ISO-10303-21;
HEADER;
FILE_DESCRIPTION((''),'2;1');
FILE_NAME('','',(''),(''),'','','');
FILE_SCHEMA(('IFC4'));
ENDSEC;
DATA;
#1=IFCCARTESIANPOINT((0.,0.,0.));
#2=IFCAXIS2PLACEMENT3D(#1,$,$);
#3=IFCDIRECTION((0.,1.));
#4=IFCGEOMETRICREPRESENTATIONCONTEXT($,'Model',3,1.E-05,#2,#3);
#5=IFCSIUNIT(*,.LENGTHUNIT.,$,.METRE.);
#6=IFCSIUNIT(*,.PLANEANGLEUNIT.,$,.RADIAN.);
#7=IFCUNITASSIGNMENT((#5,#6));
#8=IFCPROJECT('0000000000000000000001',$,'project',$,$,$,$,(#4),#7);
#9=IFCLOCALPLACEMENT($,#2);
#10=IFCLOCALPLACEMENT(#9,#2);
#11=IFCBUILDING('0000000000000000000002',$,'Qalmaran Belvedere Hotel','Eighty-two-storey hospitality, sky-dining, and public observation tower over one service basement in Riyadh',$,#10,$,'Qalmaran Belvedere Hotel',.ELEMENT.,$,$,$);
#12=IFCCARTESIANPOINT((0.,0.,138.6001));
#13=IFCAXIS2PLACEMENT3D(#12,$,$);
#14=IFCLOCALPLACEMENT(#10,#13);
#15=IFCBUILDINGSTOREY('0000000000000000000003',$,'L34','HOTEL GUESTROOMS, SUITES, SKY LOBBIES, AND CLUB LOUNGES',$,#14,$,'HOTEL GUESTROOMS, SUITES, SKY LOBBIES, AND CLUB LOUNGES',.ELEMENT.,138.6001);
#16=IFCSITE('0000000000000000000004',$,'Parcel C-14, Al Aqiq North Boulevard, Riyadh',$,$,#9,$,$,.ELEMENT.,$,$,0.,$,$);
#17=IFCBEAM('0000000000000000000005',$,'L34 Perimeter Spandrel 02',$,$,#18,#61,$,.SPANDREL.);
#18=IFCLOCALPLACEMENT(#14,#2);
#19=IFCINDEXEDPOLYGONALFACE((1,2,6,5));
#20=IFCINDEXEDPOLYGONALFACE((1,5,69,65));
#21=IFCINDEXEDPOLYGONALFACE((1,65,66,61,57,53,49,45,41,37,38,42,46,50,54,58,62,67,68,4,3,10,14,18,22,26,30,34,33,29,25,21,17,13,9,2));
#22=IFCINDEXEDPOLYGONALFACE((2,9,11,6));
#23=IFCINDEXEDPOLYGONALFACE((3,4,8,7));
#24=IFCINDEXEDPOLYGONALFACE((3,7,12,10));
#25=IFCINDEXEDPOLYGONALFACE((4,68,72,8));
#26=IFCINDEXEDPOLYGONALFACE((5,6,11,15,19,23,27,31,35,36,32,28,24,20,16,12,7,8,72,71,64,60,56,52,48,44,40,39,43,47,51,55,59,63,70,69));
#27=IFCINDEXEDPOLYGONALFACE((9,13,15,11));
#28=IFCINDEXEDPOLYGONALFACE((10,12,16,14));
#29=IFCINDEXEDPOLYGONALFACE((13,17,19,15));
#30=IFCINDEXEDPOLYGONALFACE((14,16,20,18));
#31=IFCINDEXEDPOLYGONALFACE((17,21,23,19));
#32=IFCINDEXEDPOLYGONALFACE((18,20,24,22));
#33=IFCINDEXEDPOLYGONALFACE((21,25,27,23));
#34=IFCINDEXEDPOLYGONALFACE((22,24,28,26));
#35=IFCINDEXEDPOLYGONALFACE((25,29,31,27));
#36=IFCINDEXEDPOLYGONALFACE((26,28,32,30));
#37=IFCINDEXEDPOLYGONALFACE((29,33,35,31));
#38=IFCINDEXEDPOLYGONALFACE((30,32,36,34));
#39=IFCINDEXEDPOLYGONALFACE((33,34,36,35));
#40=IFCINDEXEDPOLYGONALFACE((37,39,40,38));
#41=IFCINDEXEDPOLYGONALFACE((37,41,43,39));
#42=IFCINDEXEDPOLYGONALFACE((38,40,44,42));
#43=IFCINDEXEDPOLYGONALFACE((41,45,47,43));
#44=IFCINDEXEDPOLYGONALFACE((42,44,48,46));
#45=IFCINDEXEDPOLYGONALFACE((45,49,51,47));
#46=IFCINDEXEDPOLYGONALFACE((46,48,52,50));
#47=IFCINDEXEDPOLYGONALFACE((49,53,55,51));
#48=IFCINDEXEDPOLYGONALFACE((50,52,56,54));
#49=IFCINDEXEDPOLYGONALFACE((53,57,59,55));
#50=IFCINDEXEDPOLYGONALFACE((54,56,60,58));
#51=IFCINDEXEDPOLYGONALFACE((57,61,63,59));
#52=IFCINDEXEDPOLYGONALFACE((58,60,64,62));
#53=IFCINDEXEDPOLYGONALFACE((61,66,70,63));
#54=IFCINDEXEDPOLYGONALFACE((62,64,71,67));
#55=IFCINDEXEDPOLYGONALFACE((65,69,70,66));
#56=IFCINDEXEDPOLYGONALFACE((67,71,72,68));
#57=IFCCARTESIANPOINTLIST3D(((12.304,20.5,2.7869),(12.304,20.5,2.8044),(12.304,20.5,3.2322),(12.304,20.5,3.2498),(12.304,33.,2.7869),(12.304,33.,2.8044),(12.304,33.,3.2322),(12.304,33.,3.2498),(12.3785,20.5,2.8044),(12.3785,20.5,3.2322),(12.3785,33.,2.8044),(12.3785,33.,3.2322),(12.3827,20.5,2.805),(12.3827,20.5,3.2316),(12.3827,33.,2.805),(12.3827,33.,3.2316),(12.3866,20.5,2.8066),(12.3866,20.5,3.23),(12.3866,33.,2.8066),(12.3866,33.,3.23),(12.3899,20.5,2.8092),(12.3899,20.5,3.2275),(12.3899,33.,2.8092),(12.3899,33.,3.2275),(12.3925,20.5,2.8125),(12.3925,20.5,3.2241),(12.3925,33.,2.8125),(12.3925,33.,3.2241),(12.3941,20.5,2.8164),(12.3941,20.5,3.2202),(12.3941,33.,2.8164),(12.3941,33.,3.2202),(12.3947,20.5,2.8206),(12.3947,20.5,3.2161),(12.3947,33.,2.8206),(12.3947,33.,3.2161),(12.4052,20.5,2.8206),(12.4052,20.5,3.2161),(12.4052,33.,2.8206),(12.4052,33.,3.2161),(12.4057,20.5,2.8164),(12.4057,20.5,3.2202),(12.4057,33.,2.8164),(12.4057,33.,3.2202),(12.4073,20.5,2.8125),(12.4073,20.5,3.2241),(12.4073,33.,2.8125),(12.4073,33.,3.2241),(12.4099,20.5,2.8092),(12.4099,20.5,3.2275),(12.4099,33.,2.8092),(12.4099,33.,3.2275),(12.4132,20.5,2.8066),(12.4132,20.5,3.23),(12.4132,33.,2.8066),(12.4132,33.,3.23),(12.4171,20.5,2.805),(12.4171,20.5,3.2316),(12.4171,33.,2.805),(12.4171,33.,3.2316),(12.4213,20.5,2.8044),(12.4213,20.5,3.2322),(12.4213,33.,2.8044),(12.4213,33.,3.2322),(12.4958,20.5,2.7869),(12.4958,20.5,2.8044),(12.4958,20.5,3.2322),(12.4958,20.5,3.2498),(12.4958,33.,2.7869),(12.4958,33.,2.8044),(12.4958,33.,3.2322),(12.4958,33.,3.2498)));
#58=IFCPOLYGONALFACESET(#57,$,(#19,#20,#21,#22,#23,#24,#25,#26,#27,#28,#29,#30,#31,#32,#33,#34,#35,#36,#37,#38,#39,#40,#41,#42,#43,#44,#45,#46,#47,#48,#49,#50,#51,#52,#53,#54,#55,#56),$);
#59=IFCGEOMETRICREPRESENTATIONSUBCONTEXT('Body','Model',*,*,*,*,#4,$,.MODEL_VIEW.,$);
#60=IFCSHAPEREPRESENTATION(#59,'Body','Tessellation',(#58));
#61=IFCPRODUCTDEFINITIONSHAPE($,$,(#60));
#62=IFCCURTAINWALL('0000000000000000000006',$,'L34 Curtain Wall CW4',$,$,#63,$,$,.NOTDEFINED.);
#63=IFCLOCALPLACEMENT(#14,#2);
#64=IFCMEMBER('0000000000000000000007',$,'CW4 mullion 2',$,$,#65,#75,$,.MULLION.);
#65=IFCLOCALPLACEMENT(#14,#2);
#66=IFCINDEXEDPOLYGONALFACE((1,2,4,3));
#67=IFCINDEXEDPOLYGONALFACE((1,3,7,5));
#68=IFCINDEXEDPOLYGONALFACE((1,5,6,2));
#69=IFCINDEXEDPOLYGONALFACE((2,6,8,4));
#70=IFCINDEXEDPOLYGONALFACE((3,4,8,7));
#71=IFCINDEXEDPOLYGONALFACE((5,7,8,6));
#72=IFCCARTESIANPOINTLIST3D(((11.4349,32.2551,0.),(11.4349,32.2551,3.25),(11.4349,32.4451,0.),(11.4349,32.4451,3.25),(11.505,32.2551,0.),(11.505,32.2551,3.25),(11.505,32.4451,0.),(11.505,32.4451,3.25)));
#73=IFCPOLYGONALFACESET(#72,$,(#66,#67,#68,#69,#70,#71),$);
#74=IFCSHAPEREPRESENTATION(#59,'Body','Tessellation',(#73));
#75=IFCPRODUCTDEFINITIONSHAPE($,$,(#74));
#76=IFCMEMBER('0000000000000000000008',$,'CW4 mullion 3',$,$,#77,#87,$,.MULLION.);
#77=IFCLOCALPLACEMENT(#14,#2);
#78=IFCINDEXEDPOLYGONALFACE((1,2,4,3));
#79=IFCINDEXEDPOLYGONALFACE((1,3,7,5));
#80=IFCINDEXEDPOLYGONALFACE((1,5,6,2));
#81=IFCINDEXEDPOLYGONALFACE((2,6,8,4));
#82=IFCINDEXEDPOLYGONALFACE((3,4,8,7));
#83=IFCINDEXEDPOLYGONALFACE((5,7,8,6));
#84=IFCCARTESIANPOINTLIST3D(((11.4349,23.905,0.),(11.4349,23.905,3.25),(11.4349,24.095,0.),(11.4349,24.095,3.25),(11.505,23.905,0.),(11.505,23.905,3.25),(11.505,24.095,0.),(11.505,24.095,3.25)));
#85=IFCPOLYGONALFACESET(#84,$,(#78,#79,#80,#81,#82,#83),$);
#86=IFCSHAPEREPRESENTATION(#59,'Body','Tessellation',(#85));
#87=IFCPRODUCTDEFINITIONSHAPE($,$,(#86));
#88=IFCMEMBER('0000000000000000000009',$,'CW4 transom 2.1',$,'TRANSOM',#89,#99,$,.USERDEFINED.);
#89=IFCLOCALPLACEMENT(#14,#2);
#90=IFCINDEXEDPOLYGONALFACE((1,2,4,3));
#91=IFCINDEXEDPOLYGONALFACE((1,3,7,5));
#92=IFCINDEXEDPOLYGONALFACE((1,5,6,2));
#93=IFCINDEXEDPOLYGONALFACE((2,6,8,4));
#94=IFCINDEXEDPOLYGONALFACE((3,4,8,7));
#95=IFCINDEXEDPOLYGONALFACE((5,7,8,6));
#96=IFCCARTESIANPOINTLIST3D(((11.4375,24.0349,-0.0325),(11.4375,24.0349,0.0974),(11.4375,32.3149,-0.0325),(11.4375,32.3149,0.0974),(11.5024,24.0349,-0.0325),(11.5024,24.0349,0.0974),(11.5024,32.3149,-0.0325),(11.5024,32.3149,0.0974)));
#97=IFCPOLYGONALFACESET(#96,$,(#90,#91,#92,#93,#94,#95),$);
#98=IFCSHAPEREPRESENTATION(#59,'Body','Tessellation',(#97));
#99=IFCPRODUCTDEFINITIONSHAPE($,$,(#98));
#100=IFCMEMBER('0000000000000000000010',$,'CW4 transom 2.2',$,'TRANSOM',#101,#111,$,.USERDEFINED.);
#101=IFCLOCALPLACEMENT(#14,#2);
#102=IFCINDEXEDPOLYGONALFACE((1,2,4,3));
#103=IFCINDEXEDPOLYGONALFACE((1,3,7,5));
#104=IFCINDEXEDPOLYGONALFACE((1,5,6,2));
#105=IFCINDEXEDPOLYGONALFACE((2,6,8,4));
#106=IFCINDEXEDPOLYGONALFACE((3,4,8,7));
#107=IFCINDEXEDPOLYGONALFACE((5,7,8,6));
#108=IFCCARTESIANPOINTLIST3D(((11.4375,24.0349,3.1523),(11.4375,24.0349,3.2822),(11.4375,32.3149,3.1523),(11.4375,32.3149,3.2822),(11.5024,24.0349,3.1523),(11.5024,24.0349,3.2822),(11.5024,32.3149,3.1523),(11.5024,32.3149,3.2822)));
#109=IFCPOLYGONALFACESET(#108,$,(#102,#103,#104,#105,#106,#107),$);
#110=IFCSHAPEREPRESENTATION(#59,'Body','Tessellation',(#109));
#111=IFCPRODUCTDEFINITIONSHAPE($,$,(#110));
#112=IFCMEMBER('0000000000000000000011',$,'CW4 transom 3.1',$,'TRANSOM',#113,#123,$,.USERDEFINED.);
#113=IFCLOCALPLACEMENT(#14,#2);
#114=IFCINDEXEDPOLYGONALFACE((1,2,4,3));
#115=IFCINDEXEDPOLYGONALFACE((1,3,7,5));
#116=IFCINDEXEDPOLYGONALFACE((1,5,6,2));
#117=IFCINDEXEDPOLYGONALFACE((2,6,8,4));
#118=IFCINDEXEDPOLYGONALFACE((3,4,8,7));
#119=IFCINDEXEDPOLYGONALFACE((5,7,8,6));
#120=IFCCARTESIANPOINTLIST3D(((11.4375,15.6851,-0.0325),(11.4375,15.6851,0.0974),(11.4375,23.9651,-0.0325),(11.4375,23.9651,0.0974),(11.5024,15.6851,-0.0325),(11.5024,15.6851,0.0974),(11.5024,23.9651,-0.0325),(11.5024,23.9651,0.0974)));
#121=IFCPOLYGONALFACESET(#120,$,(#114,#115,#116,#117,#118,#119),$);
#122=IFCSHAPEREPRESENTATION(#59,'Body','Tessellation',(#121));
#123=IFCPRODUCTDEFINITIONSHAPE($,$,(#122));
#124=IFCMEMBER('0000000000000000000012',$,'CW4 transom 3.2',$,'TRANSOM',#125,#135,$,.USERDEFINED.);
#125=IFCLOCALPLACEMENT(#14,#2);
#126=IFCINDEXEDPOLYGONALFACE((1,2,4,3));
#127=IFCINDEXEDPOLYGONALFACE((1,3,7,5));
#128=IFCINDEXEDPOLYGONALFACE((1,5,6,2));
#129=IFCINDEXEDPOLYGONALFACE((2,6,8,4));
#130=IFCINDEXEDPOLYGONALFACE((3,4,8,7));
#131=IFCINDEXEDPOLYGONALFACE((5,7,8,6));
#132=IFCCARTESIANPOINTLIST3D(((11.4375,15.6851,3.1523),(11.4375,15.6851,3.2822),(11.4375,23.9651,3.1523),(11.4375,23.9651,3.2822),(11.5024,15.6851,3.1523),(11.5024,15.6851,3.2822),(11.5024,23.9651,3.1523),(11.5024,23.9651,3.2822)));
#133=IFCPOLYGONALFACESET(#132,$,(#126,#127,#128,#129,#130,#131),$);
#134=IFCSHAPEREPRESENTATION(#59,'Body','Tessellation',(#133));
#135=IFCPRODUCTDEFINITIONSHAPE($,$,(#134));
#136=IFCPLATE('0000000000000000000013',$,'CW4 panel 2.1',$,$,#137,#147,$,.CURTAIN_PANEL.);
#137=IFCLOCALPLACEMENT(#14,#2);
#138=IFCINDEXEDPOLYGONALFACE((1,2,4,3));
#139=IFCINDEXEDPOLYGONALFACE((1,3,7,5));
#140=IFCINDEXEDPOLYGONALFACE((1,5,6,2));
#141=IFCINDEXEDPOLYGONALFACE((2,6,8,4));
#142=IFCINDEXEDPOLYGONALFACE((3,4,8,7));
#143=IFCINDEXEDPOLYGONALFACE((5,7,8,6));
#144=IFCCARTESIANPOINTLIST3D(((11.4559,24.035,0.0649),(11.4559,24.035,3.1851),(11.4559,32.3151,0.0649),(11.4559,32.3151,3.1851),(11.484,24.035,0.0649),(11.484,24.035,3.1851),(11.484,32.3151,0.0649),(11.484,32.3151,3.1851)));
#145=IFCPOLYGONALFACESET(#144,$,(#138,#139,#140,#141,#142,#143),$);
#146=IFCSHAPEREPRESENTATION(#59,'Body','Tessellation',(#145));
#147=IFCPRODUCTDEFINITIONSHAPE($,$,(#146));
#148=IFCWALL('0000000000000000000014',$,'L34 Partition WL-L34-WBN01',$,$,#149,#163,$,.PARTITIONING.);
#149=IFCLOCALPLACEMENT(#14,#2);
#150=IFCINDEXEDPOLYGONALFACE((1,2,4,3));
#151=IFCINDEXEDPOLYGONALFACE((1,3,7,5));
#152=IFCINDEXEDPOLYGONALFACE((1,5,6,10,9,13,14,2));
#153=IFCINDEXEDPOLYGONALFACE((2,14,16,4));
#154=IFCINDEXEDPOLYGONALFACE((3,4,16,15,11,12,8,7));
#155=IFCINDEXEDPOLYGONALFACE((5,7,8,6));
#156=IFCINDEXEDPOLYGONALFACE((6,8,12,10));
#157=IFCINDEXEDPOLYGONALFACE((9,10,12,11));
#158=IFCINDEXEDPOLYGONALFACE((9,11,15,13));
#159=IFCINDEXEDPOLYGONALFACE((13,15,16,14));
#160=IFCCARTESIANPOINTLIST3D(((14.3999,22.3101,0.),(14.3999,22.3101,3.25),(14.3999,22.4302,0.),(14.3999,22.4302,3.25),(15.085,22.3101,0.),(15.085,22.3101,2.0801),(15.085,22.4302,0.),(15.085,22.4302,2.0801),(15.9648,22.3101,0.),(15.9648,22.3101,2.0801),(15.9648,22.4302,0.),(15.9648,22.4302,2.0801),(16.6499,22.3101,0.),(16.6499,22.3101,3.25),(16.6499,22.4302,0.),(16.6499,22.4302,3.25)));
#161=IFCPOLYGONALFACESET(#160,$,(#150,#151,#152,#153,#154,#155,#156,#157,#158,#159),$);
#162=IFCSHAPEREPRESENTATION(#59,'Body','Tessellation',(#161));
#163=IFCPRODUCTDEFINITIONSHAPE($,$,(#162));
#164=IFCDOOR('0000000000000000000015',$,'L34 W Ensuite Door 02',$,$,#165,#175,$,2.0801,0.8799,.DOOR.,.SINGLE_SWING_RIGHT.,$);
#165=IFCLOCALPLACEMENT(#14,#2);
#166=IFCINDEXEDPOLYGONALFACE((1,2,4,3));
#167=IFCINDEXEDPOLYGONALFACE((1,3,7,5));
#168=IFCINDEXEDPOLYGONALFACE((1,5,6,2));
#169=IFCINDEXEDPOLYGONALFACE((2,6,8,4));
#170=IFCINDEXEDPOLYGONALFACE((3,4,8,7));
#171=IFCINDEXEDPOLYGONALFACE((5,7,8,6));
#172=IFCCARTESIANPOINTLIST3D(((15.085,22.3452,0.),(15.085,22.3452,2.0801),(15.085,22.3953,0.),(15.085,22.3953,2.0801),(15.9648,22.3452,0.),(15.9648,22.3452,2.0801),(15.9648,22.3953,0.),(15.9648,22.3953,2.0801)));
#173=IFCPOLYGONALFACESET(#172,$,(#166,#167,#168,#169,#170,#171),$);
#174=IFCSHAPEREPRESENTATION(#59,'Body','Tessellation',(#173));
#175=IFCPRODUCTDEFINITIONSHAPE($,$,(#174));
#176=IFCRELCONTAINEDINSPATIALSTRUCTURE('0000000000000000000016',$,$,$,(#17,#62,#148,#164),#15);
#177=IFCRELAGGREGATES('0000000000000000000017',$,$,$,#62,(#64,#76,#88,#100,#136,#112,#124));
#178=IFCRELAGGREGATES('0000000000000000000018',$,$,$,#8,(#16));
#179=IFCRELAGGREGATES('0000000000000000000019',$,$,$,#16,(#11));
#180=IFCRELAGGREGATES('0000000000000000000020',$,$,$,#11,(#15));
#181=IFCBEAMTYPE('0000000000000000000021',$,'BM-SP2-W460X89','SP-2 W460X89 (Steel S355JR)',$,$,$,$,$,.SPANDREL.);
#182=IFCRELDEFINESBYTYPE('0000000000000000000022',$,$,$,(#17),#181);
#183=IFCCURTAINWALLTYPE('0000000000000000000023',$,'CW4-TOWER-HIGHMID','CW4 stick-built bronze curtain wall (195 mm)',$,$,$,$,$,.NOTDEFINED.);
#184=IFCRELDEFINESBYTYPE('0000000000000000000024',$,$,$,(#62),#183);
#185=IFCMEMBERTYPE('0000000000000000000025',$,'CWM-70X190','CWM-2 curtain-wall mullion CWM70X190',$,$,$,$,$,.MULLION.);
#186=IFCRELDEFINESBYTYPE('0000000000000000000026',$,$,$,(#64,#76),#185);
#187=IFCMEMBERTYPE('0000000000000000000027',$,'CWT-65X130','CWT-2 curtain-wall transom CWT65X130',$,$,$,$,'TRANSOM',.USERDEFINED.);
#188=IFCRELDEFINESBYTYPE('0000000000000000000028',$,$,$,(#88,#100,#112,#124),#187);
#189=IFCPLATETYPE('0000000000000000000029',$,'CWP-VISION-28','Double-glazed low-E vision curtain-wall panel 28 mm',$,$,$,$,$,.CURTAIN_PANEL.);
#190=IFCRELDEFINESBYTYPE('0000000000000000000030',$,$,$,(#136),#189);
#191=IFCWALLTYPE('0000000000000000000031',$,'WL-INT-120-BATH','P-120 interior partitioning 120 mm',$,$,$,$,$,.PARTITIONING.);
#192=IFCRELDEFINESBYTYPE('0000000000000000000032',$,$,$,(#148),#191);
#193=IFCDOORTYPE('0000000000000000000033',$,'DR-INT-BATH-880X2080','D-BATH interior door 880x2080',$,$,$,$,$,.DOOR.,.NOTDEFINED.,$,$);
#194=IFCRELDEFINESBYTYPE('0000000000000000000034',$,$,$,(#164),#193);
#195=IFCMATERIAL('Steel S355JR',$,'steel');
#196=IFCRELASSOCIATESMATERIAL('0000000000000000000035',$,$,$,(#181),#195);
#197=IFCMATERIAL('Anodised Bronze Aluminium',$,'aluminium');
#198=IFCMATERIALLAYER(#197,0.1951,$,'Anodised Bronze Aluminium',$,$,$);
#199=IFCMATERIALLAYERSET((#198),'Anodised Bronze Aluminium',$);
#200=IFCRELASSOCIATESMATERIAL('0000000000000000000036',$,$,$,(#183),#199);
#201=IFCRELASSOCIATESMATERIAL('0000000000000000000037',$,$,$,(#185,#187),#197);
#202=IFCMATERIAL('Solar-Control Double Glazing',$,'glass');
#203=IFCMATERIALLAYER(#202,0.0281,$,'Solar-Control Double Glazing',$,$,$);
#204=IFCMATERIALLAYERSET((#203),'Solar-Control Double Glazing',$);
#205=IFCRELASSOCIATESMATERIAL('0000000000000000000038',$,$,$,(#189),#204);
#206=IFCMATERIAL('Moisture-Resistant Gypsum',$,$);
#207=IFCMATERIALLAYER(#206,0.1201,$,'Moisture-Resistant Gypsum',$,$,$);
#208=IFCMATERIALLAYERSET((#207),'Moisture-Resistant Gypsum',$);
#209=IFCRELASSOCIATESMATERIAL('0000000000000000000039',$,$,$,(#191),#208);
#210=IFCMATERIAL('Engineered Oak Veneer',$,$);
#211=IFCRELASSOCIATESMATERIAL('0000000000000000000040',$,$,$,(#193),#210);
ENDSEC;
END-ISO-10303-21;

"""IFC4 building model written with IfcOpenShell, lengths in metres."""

from ifc_helpers import new_model, si_unit, direction, frame, frame_2d, origin, origin_2d, place, context, subcontext, project, spatial, rectangle, i_section, extrude, material, layer, layer_set, material_profile, profile_set, type_object, element, fill, aggregate, save


model = new_model("IFC4")

# Units and contexts
model_context = context("Model", 3, precision=1e-05, world=origin(), true_north=direction((0.0, 1.0)))
body_context = subcontext(model_context, "Body", "Model", "MODEL_VIEW")
ifc_project = project(units=[si_unit("LENGTHUNIT", "METRE"), si_unit("PLANEANGLEUNIT", "RADIAN")], contexts=[model_context])

# Site, building, storey
site_placement = place(None, origin())
site = spatial("IfcSite", under=ifc_project, at=site_placement, Name="Parcel C-14, Al Aqiq North Boulevard, Riyadh", CompositionType="ELEMENT", RefElevation=0.0)
building_placement = place(site_placement, origin())
building = spatial("IfcBuilding", under=site, at=building_placement, Name="Qalmaran Belvedere Hotel", Description="Eighty-two-storey hospitality, sky-dining, and public observation tower over one service basement in Riyadh", LongName="Qalmaran Belvedere Hotel", CompositionType="ELEMENT")
storey_placement = place(building_placement, frame((0.0, 0.0, 138.6001)))
storey = spatial("IfcBuildingStorey", under=building, at=storey_placement, Name="L34", Description="HOTEL GUESTROOMS, SUITES, SKY LOBBIES, AND CLUB LOUNGES", LongName="HOTEL GUESTROOMS, SUITES, SKY LOBBIES, AND CLUB LOUNGES", CompositionType="ELEMENT", Elevation=138.6001)

# Beam
ifc_material_1 = material(Name="Steel S355JR", Category="steel")
ifc_material_profile_1 = material_profile(ifc_material_1, i_section(OverallWidth=0.1919, OverallDepth=0.4629, WebThickness=0.0105, FlangeThickness=0.0176, FilletRadius=0.0161, at=origin_2d()), Name="W460X89")
ifc_profile_set_1 = profile_set([ifc_material_profile_1], Name="Steel S355JR")
beam_type_1 = type_object("IfcBeamType", Name="BM-SP2-W460X89", Description="SP-2 W460X89 (Steel S355JR)", PredefinedType="SPANDREL", material=ifc_profile_set_1)
beam_1_placement = place(storey_placement, frame((12.3999, 20.5, 3.0183), z_axis=(0.0, 1.0, 0.0), x_axis=(-1.0, 0.0, 0.0)))
element("IfcBeam", 1, at=beam_1_placement, inside=storey, type_object=beam_type_1, Name="L34 Perimeter Spandrel 02", PredefinedType="SPANDREL", context=body_context, shape_type="SweptSolid", body=[
    extrude(i_section(OverallWidth=0.1919, OverallDepth=0.4629, WebThickness=0.0105, FlangeThickness=0.0176, FilletRadius=0.0161, at=origin_2d()), origin(), (0.0, 0.0, 1.0), 12.5),
])

# Curtain wall, members, plate
ifc_material_2 = material(Name="Anodised Bronze Aluminium", Category="aluminium")
ifc_layer_1 = layer(ifc_material_2, 0.1951, Name="Anodised Bronze Aluminium")
ifc_layer_set_1 = layer_set([ifc_layer_1], Name="Anodised Bronze Aluminium")
curtain_wall_type = type_object("IfcCurtainWallType", Name="CW4-TOWER-HIGHMID", Description="CW4 stick-built bronze curtain wall (195 mm)", PredefinedType="NOTDEFINED", material=ifc_layer_set_1)
curtain_wall_placement = place(storey_placement, origin())
curtain_wall = element("IfcCurtainWall", 2, at=curtain_wall_placement, inside=storey, type_object=curtain_wall_type, Name="L34 Curtain Wall CW4", PredefinedType="NOTDEFINED")
ifc_material_profile_2 = material_profile(ifc_material_2, rectangle(XDim=0.0701, YDim=0.1899, at=origin_2d()), Name="CWM70X190")
ifc_profile_set_2 = profile_set([ifc_material_profile_2], Name="Anodised Bronze Aluminium")
member_type_1 = type_object("IfcMemberType", Name="CWM-70X190", Description="CWM-2 curtain-wall mullion CWM70X190", PredefinedType="MULLION", material=ifc_profile_set_2)
member_1_placement = place(storey_placement, frame((11.47, 32.3501, 0.0), z_axis=(0.0, 0.0, 1.0), x_axis=(1.0, 0.0, 0.0)))
member_1 = element("IfcMember", 3, at=member_1_placement, type_object=member_type_1, Name="CW4 mullion 2", PredefinedType="MULLION", context=body_context, shape_type="SweptSolid", body=[
    extrude(rectangle(XDim=0.0701, YDim=0.1899, at=origin_2d()), origin(), (0.0, 0.0, 1.0), 3.25),
])
member_2_placement = place(storey_placement, frame((11.47, 24.0, 0.0), z_axis=(0.0, 0.0, 1.0), x_axis=(1.0, 0.0, 0.0)))
member_2 = element("IfcMember", 4, at=member_2_placement, type_object=member_type_1, Name="CW4 mullion 3", PredefinedType="MULLION", context=body_context, shape_type="SweptSolid", body=[
    extrude(rectangle(XDim=0.0701, YDim=0.1899, at=origin_2d()), origin(), (0.0, 0.0, 1.0), 3.25),
])
ifc_material_profile_3 = material_profile(ifc_material_2, rectangle(XDim=0.0649, YDim=0.1299, at=origin_2d()), Name="CWT65X130")
ifc_profile_set_3 = profile_set([ifc_material_profile_3], Name="Anodised Bronze Aluminium")
member_type_2 = type_object("IfcMemberType", Name="CWT-65X130", Description="CWT-2 curtain-wall transom CWT65X130", ElementType="TRANSOM", PredefinedType="USERDEFINED", material=ifc_profile_set_3)
member_3_placement = place(storey_placement, frame((11.47, 32.3149, 0.0325), z_axis=(0.0, -1.0, 0.0), x_axis=(1.0, 0.0, 0.0)))
member_3 = element("IfcMember", 5, at=member_3_placement, type_object=member_type_2, Name="CW4 transom 2.1", ObjectType="TRANSOM", PredefinedType="USERDEFINED", context=body_context, shape_type="SweptSolid", body=[
    extrude(rectangle(XDim=0.0649, YDim=0.1299, at=origin_2d()), origin(), (0.0, 0.0, 1.0), 8.28),
])
member_4_placement = place(storey_placement, frame((11.47, 32.3149, 3.2173), z_axis=(0.0, -1.0, 0.0), x_axis=(1.0, 0.0, 0.0)))
member_4 = element("IfcMember", 6, at=member_4_placement, type_object=member_type_2, Name="CW4 transom 2.2", ObjectType="TRANSOM", PredefinedType="USERDEFINED", context=body_context, shape_type="SweptSolid", body=[
    extrude(rectangle(XDim=0.0649, YDim=0.1299, at=origin_2d()), origin(), (0.0, 0.0, 1.0), 8.28),
])
member_5_placement = place(storey_placement, frame((11.47, 23.9651, 0.0325), z_axis=(0.0, -1.0, 0.0), x_axis=(1.0, 0.0, 0.0)))
member_5 = element("IfcMember", 7, at=member_5_placement, type_object=member_type_2, Name="CW4 transom 3.1", ObjectType="TRANSOM", PredefinedType="USERDEFINED", context=body_context, shape_type="SweptSolid", body=[
    extrude(rectangle(XDim=0.0649, YDim=0.1299, at=origin_2d()), origin(), (0.0, 0.0, 1.0), 8.28),
])
member_6_placement = place(storey_placement, frame((11.47, 23.9651, 3.2173), z_axis=(0.0, -1.0, 0.0), x_axis=(1.0, 0.0, 0.0)))
member_6 = element("IfcMember", 8, at=member_6_placement, type_object=member_type_2, Name="CW4 transom 3.2", ObjectType="TRANSOM", PredefinedType="USERDEFINED", context=body_context, shape_type="SweptSolid", body=[
    extrude(rectangle(XDim=0.0649, YDim=0.1299, at=origin_2d()), origin(), (0.0, 0.0, 1.0), 8.28),
])
ifc_material_3 = material(Name="Solar-Control Double Glazing", Category="glass")
ifc_layer_2 = layer(ifc_material_3, 0.0281, Name="Solar-Control Double Glazing")
ifc_layer_set_2 = layer_set([ifc_layer_2], Name="Solar-Control Double Glazing")
plate_type = type_object("IfcPlateType", Name="CWP-VISION-28", Description="Double-glazed low-E vision curtain-wall panel 28 mm", PredefinedType="CURTAIN_PANEL", material=ifc_layer_set_2)
plate_placement = place(storey_placement, frame((11.47, 28.175, 0.0649), z_axis=(0.0, 0.0, 1.0), x_axis=(0.0, -1.0, 0.0)))
plate = element("IfcPlate", 9, at=plate_placement, type_object=plate_type, Name="CW4 panel 2.1", PredefinedType="CURTAIN_PANEL", context=body_context, shape_type="SweptSolid", body=[
    extrude(rectangle(XDim=8.28, YDim=0.0281, at=origin_2d()), origin(), (0.0, 0.0, 1.0), 3.1201),
])
aggregate(curtain_wall, [member_1, member_2, member_3, member_4, plate, member_5, member_6])

# Wall, opening, door
ifc_material_4 = material(Name="Moisture-Resistant Gypsum")
ifc_layer_3 = layer(ifc_material_4, 0.1201, Name="Moisture-Resistant Gypsum")
ifc_layer_set_3 = layer_set([ifc_layer_3], Name="Moisture-Resistant Gypsum")
wall_type_1 = type_object("IfcWallType", Name="WL-INT-120-BATH", Description="P-120 interior partitioning 120 mm", PredefinedType="PARTITIONING", material=ifc_layer_set_3)
wall_1_placement = place(storey_placement, frame((14.3999, 22.3701, 0.0), z_axis=(0.0, 0.0, 1.0), x_axis=(1.0, 0.0, 0.0)))
wall_1 = element("IfcWall", 10, at=wall_1_placement, inside=storey, type_object=wall_type_1, Name="L34 Partition WL-L34-WBN01", PredefinedType="PARTITIONING", context=body_context, shape_type="SweptSolid", body=[
    extrude(rectangle(XDim=2.25, YDim=0.1201, at=frame_2d((1.125, 0.0))), origin(), (0.0, 0.0, 1.0), 3.25),
])
opening_1_placement = place(wall_1_placement, frame((1.5649, 0.0, 0.0), z_axis=(0.0, 0.0, 1.0), x_axis=(-1.0, 0.0, 0.0)))
opening_1 = element("IfcOpeningElement", 11, at=opening_1_placement, cuts=wall_1, PredefinedType="OPENING", context=body_context, shape_type="SweptSolid", body=[
    extrude(rectangle(XDim=0.8799, YDim=2.0801, at=frame_2d((0.4399, 1.04))), frame((0.0, 0.0701, 0.0), z_axis=(0.0, -1.0, 0.0), x_axis=(1.0, 0.0, 0.0)), (0.0, 0.0, 1.0), 0.1401),
])
ifc_material_5 = material(Name="Engineered Oak Veneer")
door_type_1 = type_object("IfcDoorType", Name="DR-INT-BATH-880X2080", Description="D-BATH interior door 880x2080", OperationType="NOTDEFINED", PredefinedType="DOOR", material=ifc_material_5)
door_1_placement = place(opening_1_placement, origin())
door_1 = element("IfcDoor", 12, at=door_1_placement, inside=storey, type_object=door_type_1, Name="L34 W Ensuite Door 02", OperationType="SINGLE_SWING_RIGHT", OverallHeight=2.0801, OverallWidth=0.8799, PredefinedType="DOOR", context=body_context, shape_type="SweptSolid", body=[
    extrude(rectangle(XDim=0.8799, YDim=2.0801, at=frame_2d((0.4399, 1.04))), frame((0.0, 0.0249, 0.0), z_axis=(0.0, -1.0, 0.0), x_axis=(1.0, 0.0, 0.0)), (0.0, 0.0, 1.0), 0.05),
])
fill(opening_1, door_1)

save(model, "model.ifc")
